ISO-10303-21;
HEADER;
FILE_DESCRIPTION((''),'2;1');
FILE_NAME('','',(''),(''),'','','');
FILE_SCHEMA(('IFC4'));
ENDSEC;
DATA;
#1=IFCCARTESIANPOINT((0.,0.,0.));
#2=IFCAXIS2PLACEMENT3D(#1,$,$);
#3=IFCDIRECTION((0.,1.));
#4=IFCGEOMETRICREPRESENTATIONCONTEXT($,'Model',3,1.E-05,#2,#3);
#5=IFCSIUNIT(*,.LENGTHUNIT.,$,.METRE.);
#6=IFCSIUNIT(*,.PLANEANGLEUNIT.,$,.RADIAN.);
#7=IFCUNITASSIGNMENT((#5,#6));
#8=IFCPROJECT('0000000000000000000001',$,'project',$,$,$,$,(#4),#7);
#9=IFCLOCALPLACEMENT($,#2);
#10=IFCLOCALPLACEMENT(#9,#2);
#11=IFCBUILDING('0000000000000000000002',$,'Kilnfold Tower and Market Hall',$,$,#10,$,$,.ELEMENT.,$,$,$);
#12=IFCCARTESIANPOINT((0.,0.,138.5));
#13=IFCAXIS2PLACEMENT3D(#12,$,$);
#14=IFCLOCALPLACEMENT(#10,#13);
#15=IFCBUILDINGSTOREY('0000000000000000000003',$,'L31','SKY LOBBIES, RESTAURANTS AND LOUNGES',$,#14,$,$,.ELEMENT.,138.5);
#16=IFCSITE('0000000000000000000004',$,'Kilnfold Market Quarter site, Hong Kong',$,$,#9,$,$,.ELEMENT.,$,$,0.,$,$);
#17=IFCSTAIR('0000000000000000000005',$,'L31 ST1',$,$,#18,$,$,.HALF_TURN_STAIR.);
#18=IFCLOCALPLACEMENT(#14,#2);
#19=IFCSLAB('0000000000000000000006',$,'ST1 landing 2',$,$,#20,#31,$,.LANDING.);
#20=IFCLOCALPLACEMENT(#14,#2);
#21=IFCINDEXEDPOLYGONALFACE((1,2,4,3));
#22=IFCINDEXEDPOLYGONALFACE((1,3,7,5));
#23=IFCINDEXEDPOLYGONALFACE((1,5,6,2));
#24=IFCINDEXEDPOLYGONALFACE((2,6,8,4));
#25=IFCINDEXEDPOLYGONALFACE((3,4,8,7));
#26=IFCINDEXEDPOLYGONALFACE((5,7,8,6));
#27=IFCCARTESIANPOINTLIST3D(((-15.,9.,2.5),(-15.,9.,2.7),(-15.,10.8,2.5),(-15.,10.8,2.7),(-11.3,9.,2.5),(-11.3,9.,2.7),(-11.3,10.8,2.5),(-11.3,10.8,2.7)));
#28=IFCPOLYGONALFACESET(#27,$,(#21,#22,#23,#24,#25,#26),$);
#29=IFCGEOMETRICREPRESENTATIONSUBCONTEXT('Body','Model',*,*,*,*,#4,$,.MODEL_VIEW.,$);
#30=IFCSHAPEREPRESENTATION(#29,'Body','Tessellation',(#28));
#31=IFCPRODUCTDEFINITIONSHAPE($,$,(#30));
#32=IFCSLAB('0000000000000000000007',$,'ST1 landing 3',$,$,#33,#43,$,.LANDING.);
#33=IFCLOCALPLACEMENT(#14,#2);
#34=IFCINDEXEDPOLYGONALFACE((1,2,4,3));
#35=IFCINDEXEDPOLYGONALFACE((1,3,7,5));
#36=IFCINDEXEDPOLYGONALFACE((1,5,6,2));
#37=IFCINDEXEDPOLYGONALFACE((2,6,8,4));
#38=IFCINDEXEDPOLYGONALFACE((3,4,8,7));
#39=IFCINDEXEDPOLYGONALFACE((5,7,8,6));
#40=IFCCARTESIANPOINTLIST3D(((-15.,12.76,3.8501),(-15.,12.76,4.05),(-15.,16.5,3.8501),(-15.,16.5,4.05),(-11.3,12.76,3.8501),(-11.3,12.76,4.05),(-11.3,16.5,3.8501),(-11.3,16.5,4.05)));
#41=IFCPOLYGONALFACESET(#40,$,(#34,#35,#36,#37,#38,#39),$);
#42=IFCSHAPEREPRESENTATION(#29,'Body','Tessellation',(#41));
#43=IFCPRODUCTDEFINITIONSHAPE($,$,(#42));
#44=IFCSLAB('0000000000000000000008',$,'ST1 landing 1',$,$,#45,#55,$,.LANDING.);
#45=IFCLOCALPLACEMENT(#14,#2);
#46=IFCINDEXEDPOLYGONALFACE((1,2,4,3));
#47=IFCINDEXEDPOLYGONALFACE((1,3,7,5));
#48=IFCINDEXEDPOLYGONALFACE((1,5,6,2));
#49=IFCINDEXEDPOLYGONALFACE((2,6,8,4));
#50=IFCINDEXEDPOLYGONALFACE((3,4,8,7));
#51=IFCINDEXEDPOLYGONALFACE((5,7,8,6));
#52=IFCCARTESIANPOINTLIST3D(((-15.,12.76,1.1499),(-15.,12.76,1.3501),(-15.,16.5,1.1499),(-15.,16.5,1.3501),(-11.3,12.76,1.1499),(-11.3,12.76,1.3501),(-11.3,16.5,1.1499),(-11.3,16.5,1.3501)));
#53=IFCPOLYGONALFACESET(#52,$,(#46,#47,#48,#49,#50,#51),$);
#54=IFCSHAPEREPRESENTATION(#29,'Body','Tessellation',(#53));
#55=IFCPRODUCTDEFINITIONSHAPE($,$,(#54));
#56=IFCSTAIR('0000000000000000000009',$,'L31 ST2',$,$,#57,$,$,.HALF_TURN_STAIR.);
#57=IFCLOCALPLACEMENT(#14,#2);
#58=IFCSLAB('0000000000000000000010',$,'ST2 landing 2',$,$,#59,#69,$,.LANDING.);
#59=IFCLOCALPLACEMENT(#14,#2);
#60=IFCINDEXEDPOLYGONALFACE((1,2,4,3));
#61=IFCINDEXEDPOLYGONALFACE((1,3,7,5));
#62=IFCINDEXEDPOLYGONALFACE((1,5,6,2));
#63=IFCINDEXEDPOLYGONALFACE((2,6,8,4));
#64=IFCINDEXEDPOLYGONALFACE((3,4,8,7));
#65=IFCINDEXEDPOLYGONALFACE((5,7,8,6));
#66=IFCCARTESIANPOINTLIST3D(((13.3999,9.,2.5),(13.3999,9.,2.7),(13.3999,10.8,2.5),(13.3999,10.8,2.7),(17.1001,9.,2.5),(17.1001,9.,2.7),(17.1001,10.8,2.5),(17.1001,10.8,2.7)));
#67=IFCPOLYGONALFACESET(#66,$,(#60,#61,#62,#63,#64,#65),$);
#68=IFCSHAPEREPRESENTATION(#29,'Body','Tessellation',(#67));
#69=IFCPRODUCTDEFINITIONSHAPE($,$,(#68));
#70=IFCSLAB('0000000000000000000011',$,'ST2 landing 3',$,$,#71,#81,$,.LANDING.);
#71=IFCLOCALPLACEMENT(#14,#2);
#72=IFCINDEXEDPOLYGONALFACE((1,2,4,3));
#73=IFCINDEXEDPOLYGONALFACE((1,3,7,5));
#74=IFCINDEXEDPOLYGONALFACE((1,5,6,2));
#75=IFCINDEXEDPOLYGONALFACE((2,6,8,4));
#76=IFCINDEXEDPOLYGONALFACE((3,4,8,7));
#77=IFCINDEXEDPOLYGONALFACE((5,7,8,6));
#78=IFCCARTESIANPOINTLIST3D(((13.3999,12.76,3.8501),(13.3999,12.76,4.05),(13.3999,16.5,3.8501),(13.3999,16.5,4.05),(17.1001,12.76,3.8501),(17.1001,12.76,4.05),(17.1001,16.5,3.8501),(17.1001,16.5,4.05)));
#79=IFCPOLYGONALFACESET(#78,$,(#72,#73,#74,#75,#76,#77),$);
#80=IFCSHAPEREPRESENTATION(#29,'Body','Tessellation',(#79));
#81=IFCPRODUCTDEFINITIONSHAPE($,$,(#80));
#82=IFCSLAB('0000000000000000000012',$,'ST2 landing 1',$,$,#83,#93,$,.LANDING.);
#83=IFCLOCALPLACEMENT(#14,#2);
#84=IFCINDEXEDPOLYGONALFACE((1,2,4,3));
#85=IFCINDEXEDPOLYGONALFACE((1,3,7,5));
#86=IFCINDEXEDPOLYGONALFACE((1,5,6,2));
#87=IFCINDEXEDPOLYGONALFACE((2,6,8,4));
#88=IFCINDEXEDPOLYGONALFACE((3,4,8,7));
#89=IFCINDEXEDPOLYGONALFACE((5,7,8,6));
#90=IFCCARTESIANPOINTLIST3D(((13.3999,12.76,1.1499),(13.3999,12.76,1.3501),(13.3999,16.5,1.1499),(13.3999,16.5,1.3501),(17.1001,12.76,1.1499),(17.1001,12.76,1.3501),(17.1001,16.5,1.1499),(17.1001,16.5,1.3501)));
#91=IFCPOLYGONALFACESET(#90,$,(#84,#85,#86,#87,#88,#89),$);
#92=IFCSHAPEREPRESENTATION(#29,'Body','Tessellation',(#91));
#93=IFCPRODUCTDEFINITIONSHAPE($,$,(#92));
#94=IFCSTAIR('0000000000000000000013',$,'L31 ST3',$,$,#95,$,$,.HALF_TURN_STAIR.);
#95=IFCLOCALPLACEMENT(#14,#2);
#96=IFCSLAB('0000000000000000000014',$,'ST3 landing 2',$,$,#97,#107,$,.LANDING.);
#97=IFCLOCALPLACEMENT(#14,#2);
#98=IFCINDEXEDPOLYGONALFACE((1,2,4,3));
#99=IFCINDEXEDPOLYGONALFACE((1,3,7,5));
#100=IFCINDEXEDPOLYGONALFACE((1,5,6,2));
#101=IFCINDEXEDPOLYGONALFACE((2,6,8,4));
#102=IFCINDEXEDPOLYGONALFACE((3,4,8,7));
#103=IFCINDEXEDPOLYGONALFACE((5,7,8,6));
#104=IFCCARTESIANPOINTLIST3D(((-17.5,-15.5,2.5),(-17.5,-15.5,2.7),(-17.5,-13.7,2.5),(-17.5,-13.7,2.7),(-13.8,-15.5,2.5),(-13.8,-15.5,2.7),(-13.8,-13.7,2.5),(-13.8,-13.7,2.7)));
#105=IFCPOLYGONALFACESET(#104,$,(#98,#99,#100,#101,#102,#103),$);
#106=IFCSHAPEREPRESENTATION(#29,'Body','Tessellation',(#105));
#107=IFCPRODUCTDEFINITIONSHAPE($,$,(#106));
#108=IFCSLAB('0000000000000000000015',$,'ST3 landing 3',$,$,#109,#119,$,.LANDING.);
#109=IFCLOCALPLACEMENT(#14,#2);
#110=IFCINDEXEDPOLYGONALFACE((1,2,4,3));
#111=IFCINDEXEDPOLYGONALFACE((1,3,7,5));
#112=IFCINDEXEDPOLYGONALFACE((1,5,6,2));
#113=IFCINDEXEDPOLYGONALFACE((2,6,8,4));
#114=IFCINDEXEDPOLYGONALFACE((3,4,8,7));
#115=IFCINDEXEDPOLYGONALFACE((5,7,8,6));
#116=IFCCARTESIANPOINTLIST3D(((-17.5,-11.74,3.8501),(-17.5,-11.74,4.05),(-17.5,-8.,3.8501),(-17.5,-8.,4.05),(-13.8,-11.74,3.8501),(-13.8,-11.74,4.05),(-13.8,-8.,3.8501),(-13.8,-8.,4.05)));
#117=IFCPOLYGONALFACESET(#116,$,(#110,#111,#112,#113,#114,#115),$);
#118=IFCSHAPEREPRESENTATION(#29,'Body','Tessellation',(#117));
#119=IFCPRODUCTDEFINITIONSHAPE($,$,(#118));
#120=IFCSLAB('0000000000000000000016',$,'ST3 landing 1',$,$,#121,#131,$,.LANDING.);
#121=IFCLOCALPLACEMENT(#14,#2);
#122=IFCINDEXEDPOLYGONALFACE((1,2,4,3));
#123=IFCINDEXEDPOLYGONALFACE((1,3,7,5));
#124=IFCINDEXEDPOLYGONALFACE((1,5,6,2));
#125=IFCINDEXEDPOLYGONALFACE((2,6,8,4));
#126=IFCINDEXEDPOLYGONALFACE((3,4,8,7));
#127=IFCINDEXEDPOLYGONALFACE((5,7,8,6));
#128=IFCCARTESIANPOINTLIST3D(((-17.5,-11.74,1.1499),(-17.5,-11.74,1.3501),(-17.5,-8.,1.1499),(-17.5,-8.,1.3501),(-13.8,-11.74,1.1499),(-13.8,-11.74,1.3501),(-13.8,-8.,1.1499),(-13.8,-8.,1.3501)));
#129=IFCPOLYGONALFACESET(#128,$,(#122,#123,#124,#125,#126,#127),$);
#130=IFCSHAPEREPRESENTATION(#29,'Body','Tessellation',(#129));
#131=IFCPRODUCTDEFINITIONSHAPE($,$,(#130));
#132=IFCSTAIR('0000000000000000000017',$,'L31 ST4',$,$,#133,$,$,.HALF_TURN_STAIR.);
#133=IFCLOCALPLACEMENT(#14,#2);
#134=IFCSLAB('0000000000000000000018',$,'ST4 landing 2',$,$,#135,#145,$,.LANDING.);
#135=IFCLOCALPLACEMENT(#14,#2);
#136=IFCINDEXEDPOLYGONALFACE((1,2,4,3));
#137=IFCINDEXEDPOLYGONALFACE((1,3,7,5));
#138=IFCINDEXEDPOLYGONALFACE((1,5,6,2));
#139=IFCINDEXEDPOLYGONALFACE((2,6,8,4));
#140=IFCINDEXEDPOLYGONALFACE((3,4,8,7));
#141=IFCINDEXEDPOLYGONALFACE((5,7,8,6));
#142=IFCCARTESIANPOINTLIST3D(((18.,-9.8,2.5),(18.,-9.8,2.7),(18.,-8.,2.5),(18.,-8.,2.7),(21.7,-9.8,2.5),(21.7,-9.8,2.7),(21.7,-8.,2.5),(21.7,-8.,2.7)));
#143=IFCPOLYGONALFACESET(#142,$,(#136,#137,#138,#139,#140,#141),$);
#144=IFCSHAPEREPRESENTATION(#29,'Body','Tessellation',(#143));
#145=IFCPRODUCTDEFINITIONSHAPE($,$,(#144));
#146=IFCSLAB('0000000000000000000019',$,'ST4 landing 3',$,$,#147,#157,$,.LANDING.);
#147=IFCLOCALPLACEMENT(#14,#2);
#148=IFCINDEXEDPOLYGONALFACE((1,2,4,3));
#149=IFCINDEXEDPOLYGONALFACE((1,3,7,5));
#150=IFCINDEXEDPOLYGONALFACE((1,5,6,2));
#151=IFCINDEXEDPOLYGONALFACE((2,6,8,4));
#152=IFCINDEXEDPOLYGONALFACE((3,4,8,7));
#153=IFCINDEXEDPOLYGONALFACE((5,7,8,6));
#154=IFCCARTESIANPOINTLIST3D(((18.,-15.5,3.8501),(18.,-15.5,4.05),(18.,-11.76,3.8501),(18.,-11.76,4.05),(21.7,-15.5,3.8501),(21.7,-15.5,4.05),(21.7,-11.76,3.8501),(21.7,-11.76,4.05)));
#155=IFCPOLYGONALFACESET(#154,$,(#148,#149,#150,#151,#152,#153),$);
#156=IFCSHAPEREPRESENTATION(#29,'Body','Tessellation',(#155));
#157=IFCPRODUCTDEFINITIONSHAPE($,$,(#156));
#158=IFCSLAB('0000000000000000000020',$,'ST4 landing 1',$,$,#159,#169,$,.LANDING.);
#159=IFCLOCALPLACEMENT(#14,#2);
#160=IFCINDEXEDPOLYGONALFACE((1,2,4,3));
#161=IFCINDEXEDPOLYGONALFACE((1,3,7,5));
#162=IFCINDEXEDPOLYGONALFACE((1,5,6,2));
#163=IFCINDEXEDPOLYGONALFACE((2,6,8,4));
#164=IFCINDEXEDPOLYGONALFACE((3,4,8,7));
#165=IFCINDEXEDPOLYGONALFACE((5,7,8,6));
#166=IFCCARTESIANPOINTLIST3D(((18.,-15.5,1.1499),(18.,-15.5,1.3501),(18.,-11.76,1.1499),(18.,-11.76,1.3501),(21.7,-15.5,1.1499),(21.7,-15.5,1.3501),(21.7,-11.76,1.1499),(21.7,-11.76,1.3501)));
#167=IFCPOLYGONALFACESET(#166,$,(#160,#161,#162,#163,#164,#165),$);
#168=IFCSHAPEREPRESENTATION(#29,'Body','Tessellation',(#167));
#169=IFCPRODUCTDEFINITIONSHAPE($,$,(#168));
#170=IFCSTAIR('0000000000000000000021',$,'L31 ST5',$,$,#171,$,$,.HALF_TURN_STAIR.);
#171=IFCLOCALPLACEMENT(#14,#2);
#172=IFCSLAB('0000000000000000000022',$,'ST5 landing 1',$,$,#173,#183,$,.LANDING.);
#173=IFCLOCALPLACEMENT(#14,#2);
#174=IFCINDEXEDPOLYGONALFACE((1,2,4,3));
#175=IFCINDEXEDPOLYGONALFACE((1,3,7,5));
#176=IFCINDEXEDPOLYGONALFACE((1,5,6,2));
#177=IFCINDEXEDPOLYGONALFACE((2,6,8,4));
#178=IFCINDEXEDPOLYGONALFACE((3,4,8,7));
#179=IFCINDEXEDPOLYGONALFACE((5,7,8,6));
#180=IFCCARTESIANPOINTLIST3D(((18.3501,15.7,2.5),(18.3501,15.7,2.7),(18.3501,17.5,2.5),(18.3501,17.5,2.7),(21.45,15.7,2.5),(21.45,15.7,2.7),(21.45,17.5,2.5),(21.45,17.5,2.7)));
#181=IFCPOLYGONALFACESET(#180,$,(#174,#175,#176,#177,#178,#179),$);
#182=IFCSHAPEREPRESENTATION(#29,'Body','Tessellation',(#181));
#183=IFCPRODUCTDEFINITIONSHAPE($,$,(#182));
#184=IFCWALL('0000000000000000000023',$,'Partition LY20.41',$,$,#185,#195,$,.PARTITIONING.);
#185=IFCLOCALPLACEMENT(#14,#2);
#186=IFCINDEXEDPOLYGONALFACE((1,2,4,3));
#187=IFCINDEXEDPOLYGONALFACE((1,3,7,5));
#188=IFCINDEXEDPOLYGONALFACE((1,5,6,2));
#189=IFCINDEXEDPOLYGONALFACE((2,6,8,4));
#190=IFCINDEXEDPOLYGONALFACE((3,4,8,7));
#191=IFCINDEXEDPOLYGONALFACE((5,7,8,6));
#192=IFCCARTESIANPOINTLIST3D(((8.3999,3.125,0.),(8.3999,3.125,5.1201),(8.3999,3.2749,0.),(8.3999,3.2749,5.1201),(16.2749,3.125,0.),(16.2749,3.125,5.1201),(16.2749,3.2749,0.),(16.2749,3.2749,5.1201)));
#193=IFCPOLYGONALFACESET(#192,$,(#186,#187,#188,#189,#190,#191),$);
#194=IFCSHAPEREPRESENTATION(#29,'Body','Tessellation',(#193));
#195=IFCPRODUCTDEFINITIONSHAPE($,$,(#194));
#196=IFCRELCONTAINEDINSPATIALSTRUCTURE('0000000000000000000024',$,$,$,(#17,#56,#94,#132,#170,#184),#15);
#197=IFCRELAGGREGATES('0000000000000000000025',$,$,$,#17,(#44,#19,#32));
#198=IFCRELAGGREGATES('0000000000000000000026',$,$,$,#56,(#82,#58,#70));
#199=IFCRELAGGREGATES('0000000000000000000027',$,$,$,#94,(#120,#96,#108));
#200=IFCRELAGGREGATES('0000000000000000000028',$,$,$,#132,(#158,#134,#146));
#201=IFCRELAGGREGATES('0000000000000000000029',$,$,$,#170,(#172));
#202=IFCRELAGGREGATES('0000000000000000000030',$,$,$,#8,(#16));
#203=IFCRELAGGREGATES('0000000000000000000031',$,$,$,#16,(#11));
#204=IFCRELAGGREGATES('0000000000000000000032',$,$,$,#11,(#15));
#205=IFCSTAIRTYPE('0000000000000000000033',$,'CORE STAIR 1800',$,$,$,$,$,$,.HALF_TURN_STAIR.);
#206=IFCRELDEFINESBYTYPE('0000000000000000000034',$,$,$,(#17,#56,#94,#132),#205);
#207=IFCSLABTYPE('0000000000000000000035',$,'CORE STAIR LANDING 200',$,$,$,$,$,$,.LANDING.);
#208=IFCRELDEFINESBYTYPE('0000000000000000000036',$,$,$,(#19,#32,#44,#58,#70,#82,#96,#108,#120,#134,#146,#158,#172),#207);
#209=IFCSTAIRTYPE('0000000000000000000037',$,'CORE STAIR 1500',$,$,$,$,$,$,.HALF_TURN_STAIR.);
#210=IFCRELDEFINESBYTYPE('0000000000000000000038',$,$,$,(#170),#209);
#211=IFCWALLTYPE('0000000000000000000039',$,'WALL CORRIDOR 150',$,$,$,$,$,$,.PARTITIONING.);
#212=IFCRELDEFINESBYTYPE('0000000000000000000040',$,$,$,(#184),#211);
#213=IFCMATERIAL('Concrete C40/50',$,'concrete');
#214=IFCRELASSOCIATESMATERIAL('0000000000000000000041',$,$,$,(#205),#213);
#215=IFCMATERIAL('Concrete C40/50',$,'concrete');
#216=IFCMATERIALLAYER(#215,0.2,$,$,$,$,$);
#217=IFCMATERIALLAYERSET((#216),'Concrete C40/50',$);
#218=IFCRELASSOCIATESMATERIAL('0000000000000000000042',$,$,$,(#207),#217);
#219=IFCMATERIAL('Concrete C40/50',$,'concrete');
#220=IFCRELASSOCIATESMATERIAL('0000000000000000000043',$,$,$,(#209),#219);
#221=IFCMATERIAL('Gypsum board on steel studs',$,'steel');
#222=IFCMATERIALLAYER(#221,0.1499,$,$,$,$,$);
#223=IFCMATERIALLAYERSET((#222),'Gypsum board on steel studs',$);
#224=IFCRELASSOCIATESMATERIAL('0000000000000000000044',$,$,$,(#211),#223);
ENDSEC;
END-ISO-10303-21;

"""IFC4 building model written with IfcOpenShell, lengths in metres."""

from ifc_helpers import new_model, si_unit, direction, frame, frame_2d, origin, place, context, subcontext, project, spatial, polyline, rectangle, outline, extrude, source, transform, mapped, material, layer, layer_set, type_object, element, aggregate, save


model = new_model("IFC4")

# Units and contexts
model_context = context("Model", 3, precision=1e-05, world=origin(), true_north=direction((0.0, 1.0)))
body_context = subcontext(model_context, "Body", "Model", "MODEL_VIEW")
ifc_project = project(units=[si_unit("LENGTHUNIT", "METRE"), si_unit("PLANEANGLEUNIT", "RADIAN")], contexts=[model_context])

# Site, building, storey
site_placement = place(None, origin())
site = spatial("IfcSite", under=ifc_project, at=site_placement, Name="Kilnfold Market Quarter site, Hong Kong", CompositionType="ELEMENT", RefElevation=0.0)
building_placement = place(site_placement, origin())
building = spatial("IfcBuilding", under=site, at=building_placement, Name="Kilnfold Tower and Market Hall", CompositionType="ELEMENT")
storey_placement = place(building_placement, frame((0.0, 0.0, 138.5)))
storey = spatial("IfcBuildingStorey", under=building, at=storey_placement, Name="L31", Description="SKY LOBBIES, RESTAURANTS AND LOUNGES", CompositionType="ELEMENT", Elevation=138.5)

# Stairs, slabs
ifc_material_1 = material(Name="Concrete C40/50", Category="concrete")
stair_type_1 = type_object("IfcStairType", Name="CORE STAIR 1800", PredefinedType="HALF_TURN_STAIR", material=ifc_material_1)
stair_1_placement = place(storey_placement, origin())
stair_1 = element("IfcStair", 1, at=stair_1_placement, inside=storey, type_object=stair_type_1, Name="L31 ST1", PredefinedType="HALF_TURN_STAIR")
ifc_material_2 = material(Name="Concrete C40/50", Category="concrete")
ifc_layer_1 = layer(ifc_material_2, 0.2)
ifc_layer_set_1 = layer_set([ifc_layer_1], Name="Concrete C40/50")
slab_type_1 = type_object("IfcSlabType", Name="CORE STAIR LANDING 200", PredefinedType="LANDING", material=ifc_layer_set_1)
shared_shape_1 = source(origin(), body_context, "Body", "SweptSolid", [
    extrude(outline(polyline([(-11.3, 9.0), (-11.3, 10.8), (-15.0, 10.8), (-15.0, 9.0), (-11.3, 9.0)])), origin(), (0.0, 0.0, 1.0), 0.2),
])
slab_1_placement = place(storey_placement, frame((0.0, 0.0, 2.5)))
slab_1 = element("IfcSlab", 2, at=slab_1_placement, type_object=slab_type_1, Name="ST1 landing 2", PredefinedType="LANDING", context=body_context, shape_type="MappedRepresentation", body=[
    mapped(shared_shape_1, transform((0.0, 0.0, 0.0))),
])
shared_shape_2 = source(origin(), body_context, "Body", "SweptSolid", [
    extrude(outline(polyline([(-11.3, 12.76), (-11.3, 16.5), (-15.0, 16.5), (-15.0, 12.76), (-11.3, 12.76)])), origin(), (0.0, 0.0, 1.0), 0.2),
])
slab_2_placement = place(storey_placement, frame((0.0, 0.0, 3.8501)))
slab_2 = element("IfcSlab", 3, at=slab_2_placement, type_object=slab_type_1, Name="ST1 landing 3", PredefinedType="LANDING", context=body_context, shape_type="MappedRepresentation", body=[
    mapped(shared_shape_2, transform((0.0, 0.0, 0.0))),
])
shared_shape_3 = source(origin(), body_context, "Body", "SweptSolid", [
    extrude(outline(polyline([(-11.3, 12.76), (-11.3, 16.5), (-15.0, 16.5), (-15.0, 12.76), (-11.3, 12.76)])), origin(), (0.0, 0.0, 1.0), 0.2002),
])
slab_3_placement = place(storey_placement, frame((0.0, 0.0, 1.1499)))
slab_3 = element("IfcSlab", 4, at=slab_3_placement, type_object=slab_type_1, Name="ST1 landing 1", PredefinedType="LANDING", context=body_context, shape_type="MappedRepresentation", body=[
    mapped(shared_shape_3, transform((0.0, 0.0, 0.0))),
])
aggregate(stair_1, [slab_3, slab_1, slab_2])
stair_2_placement = place(storey_placement, origin())
stair_2 = element("IfcStair", 5, at=stair_2_placement, inside=storey, type_object=stair_type_1, Name="L31 ST2", PredefinedType="HALF_TURN_STAIR")
shared_shape_4 = source(origin(), body_context, "Body", "SweptSolid", [
    extrude(outline(polyline([(17.1001, 9.0), (17.1001, 10.8), (13.3999, 10.8), (13.3999, 9.0), (17.1001, 9.0)])), origin(), (0.0, 0.0, 1.0), 0.2),
])
slab_4_placement = place(storey_placement, frame((0.0, 0.0, 2.5)))
slab_4 = element("IfcSlab", 6, at=slab_4_placement, type_object=slab_type_1, Name="ST2 landing 2", PredefinedType="LANDING", context=body_context, shape_type="MappedRepresentation", body=[
    mapped(shared_shape_4, transform((0.0, 0.0, 0.0))),
])
shared_shape_5 = source(origin(), body_context, "Body", "SweptSolid", [
    extrude(outline(polyline([(17.1001, 12.76), (17.1001, 16.5), (13.3999, 16.5), (13.3999, 12.76), (17.1001, 12.76)])), origin(), (0.0, 0.0, 1.0), 0.2),
])
slab_5_placement = place(storey_placement, frame((0.0, 0.0, 3.8501)))
slab_5 = element("IfcSlab", 7, at=slab_5_placement, type_object=slab_type_1, Name="ST2 landing 3", PredefinedType="LANDING", context=body_context, shape_type="MappedRepresentation", body=[
    mapped(shared_shape_5, transform((0.0, 0.0, 0.0))),
])
shared_shape_6 = source(origin(), body_context, "Body", "SweptSolid", [
    extrude(outline(polyline([(17.1001, 12.76), (17.1001, 16.5), (13.3999, 16.5), (13.3999, 12.76), (17.1001, 12.76)])), origin(), (0.0, 0.0, 1.0), 0.2002),
])
slab_6_placement = place(storey_placement, frame((0.0, 0.0, 1.1499)))
slab_6 = element("IfcSlab", 8, at=slab_6_placement, type_object=slab_type_1, Name="ST2 landing 1", PredefinedType="LANDING", context=body_context, shape_type="MappedRepresentation", body=[
    mapped(shared_shape_6, transform((0.0, 0.0, 0.0))),
])
aggregate(stair_2, [slab_6, slab_4, slab_5])
stair_3_placement = place(storey_placement, origin())
stair_3 = element("IfcStair", 9, at=stair_3_placement, inside=storey, type_object=stair_type_1, Name="L31 ST3", PredefinedType="HALF_TURN_STAIR")
shared_shape_7 = source(origin(), body_context, "Body", "SweptSolid", [
    extrude(outline(polyline([(-13.8, -15.5), (-13.8, -13.7), (-17.5, -13.7), (-17.5, -15.5), (-13.8, -15.5)])), origin(), (0.0, 0.0, 1.0), 0.2),
])
slab_7_placement = place(storey_placement, frame((0.0, 0.0, 2.5)))
slab_7 = element("IfcSlab", 10, at=slab_7_placement, type_object=slab_type_1, Name="ST3 landing 2", PredefinedType="LANDING", context=body_context, shape_type="MappedRepresentation", body=[
    mapped(shared_shape_7, transform((0.0, 0.0, 0.0))),
])
shared_shape_8 = source(origin(), body_context, "Body", "SweptSolid", [
    extrude(outline(polyline([(-13.8, -11.74), (-13.8, -8.0), (-17.5, -8.0), (-17.5, -11.74), (-13.8, -11.74)])), origin(), (0.0, 0.0, 1.0), 0.2),
])
slab_8_placement = place(storey_placement, frame((0.0, 0.0, 3.8501)))
slab_8 = element("IfcSlab", 11, at=slab_8_placement, type_object=slab_type_1, Name="ST3 landing 3", PredefinedType="LANDING", context=body_context, shape_type="MappedRepresentation", body=[
    mapped(shared_shape_8, transform((0.0, 0.0, 0.0))),
])
shared_shape_9 = source(origin(), body_context, "Body", "SweptSolid", [
    extrude(outline(polyline([(-13.8, -11.74), (-13.8, -8.0), (-17.5, -8.0), (-17.5, -11.74), (-13.8, -11.74)])), origin(), (0.0, 0.0, 1.0), 0.2002),
])
slab_9_placement = place(storey_placement, frame((0.0, 0.0, 1.1499)))
slab_9 = element("IfcSlab", 12, at=slab_9_placement, type_object=slab_type_1, Name="ST3 landing 1", PredefinedType="LANDING", context=body_context, shape_type="MappedRepresentation", body=[
    mapped(shared_shape_9, transform((0.0, 0.0, 0.0))),
])
aggregate(stair_3, [slab_9, slab_7, slab_8])
stair_4_placement = place(storey_placement, origin())
stair_4 = element("IfcStair", 13, at=stair_4_placement, inside=storey, type_object=stair_type_1, Name="L31 ST4", PredefinedType="HALF_TURN_STAIR")
shared_shape_10 = source(origin(), body_context, "Body", "SweptSolid", [
    extrude(outline(polyline([(18.0, -8.0), (18.0, -9.8), (21.7, -9.8), (21.7, -8.0), (18.0, -8.0)])), origin(), (0.0, 0.0, 1.0), 0.2),
])
slab_10_placement = place(storey_placement, frame((0.0, 0.0, 2.5)))
slab_10 = element("IfcSlab", 14, at=slab_10_placement, type_object=slab_type_1, Name="ST4 landing 2", PredefinedType="LANDING", context=body_context, shape_type="MappedRepresentation", body=[
    mapped(shared_shape_10, transform((0.0, 0.0, 0.0))),
])
shared_shape_11 = source(origin(), body_context, "Body", "SweptSolid", [
    extrude(outline(polyline([(18.0, -11.76), (18.0, -15.5), (21.7, -15.5), (21.7, -11.76), (18.0, -11.76)])), origin(), (0.0, 0.0, 1.0), 0.2),
])
slab_11_placement = place(storey_placement, frame((0.0, 0.0, 3.8501)))
slab_11 = element("IfcSlab", 15, at=slab_11_placement, type_object=slab_type_1, Name="ST4 landing 3", PredefinedType="LANDING", context=body_context, shape_type="MappedRepresentation", body=[
    mapped(shared_shape_11, transform((0.0, 0.0, 0.0))),
])
shared_shape_12 = source(origin(), body_context, "Body", "SweptSolid", [
    extrude(outline(polyline([(18.0, -11.76), (18.0, -15.5), (21.7, -15.5), (21.7, -11.76), (18.0, -11.76)])), origin(), (0.0, 0.0, 1.0), 0.2002),
])
slab_12_placement = place(storey_placement, frame((0.0, 0.0, 1.1499)))
slab_12 = element("IfcSlab", 16, at=slab_12_placement, type_object=slab_type_1, Name="ST4 landing 1", PredefinedType="LANDING", context=body_context, shape_type="MappedRepresentation", body=[
    mapped(shared_shape_12, transform((0.0, 0.0, 0.0))),
])
aggregate(stair_4, [slab_12, slab_10, slab_11])

# Stair, slab
ifc_material_3 = material(Name="Concrete C40/50", Category="concrete")
stair_type_2 = type_object("IfcStairType", Name="CORE STAIR 1500", PredefinedType="HALF_TURN_STAIR", material=ifc_material_3)
stair_5_placement = place(storey_placement, origin())
stair_5 = element("IfcStair", 17, at=stair_5_placement, inside=storey, type_object=stair_type_2, Name="L31 ST5", PredefinedType="HALF_TURN_STAIR")
shared_shape_13 = source(origin(), body_context, "Body", "SweptSolid", [
    extrude(outline(polyline([(21.45, 15.7), (21.45, 17.5), (18.3501, 17.5), (18.3501, 15.7), (21.45, 15.7)])), origin(), (0.0, 0.0, 1.0), 0.2),
])
slab_13_placement = place(storey_placement, frame((0.0, 0.0, 2.5)))
slab_13 = element("IfcSlab", 18, at=slab_13_placement, type_object=slab_type_1, Name="ST5 landing 1", PredefinedType="LANDING", context=body_context, shape_type="MappedRepresentation", body=[
    mapped(shared_shape_13, transform((0.0, 0.0, 0.0))),
])
aggregate(stair_5, [slab_13])

# Wall
ifc_material_4 = material(Name="Gypsum board on steel studs", Category="steel")
ifc_layer_2 = layer(ifc_material_4, 0.1499)
ifc_layer_set_2 = layer_set([ifc_layer_2], Name="Gypsum board on steel studs")
wall_type_1 = type_object("IfcWallType", Name="WALL CORRIDOR 150", PredefinedType="PARTITIONING", material=ifc_layer_set_2)
wall_1_placement = place(storey_placement, frame((8.3999, 3.2, 0.0), z_axis=(0.0, 0.0, 1.0), x_axis=(1.0, 0.0, 0.0)))
element("IfcWall", 19, at=wall_1_placement, inside=storey, type_object=wall_type_1, Name="Partition LY20.41", PredefinedType="PARTITIONING", context=body_context, shape_type="SweptSolid", body=[
    extrude(rectangle(XDim=7.875, YDim=0.1499, at=frame_2d((3.9375, 0.0))), origin(), (0.0, 0.0, 1.0), 5.1201),
])

save(model, "model.ifc")
